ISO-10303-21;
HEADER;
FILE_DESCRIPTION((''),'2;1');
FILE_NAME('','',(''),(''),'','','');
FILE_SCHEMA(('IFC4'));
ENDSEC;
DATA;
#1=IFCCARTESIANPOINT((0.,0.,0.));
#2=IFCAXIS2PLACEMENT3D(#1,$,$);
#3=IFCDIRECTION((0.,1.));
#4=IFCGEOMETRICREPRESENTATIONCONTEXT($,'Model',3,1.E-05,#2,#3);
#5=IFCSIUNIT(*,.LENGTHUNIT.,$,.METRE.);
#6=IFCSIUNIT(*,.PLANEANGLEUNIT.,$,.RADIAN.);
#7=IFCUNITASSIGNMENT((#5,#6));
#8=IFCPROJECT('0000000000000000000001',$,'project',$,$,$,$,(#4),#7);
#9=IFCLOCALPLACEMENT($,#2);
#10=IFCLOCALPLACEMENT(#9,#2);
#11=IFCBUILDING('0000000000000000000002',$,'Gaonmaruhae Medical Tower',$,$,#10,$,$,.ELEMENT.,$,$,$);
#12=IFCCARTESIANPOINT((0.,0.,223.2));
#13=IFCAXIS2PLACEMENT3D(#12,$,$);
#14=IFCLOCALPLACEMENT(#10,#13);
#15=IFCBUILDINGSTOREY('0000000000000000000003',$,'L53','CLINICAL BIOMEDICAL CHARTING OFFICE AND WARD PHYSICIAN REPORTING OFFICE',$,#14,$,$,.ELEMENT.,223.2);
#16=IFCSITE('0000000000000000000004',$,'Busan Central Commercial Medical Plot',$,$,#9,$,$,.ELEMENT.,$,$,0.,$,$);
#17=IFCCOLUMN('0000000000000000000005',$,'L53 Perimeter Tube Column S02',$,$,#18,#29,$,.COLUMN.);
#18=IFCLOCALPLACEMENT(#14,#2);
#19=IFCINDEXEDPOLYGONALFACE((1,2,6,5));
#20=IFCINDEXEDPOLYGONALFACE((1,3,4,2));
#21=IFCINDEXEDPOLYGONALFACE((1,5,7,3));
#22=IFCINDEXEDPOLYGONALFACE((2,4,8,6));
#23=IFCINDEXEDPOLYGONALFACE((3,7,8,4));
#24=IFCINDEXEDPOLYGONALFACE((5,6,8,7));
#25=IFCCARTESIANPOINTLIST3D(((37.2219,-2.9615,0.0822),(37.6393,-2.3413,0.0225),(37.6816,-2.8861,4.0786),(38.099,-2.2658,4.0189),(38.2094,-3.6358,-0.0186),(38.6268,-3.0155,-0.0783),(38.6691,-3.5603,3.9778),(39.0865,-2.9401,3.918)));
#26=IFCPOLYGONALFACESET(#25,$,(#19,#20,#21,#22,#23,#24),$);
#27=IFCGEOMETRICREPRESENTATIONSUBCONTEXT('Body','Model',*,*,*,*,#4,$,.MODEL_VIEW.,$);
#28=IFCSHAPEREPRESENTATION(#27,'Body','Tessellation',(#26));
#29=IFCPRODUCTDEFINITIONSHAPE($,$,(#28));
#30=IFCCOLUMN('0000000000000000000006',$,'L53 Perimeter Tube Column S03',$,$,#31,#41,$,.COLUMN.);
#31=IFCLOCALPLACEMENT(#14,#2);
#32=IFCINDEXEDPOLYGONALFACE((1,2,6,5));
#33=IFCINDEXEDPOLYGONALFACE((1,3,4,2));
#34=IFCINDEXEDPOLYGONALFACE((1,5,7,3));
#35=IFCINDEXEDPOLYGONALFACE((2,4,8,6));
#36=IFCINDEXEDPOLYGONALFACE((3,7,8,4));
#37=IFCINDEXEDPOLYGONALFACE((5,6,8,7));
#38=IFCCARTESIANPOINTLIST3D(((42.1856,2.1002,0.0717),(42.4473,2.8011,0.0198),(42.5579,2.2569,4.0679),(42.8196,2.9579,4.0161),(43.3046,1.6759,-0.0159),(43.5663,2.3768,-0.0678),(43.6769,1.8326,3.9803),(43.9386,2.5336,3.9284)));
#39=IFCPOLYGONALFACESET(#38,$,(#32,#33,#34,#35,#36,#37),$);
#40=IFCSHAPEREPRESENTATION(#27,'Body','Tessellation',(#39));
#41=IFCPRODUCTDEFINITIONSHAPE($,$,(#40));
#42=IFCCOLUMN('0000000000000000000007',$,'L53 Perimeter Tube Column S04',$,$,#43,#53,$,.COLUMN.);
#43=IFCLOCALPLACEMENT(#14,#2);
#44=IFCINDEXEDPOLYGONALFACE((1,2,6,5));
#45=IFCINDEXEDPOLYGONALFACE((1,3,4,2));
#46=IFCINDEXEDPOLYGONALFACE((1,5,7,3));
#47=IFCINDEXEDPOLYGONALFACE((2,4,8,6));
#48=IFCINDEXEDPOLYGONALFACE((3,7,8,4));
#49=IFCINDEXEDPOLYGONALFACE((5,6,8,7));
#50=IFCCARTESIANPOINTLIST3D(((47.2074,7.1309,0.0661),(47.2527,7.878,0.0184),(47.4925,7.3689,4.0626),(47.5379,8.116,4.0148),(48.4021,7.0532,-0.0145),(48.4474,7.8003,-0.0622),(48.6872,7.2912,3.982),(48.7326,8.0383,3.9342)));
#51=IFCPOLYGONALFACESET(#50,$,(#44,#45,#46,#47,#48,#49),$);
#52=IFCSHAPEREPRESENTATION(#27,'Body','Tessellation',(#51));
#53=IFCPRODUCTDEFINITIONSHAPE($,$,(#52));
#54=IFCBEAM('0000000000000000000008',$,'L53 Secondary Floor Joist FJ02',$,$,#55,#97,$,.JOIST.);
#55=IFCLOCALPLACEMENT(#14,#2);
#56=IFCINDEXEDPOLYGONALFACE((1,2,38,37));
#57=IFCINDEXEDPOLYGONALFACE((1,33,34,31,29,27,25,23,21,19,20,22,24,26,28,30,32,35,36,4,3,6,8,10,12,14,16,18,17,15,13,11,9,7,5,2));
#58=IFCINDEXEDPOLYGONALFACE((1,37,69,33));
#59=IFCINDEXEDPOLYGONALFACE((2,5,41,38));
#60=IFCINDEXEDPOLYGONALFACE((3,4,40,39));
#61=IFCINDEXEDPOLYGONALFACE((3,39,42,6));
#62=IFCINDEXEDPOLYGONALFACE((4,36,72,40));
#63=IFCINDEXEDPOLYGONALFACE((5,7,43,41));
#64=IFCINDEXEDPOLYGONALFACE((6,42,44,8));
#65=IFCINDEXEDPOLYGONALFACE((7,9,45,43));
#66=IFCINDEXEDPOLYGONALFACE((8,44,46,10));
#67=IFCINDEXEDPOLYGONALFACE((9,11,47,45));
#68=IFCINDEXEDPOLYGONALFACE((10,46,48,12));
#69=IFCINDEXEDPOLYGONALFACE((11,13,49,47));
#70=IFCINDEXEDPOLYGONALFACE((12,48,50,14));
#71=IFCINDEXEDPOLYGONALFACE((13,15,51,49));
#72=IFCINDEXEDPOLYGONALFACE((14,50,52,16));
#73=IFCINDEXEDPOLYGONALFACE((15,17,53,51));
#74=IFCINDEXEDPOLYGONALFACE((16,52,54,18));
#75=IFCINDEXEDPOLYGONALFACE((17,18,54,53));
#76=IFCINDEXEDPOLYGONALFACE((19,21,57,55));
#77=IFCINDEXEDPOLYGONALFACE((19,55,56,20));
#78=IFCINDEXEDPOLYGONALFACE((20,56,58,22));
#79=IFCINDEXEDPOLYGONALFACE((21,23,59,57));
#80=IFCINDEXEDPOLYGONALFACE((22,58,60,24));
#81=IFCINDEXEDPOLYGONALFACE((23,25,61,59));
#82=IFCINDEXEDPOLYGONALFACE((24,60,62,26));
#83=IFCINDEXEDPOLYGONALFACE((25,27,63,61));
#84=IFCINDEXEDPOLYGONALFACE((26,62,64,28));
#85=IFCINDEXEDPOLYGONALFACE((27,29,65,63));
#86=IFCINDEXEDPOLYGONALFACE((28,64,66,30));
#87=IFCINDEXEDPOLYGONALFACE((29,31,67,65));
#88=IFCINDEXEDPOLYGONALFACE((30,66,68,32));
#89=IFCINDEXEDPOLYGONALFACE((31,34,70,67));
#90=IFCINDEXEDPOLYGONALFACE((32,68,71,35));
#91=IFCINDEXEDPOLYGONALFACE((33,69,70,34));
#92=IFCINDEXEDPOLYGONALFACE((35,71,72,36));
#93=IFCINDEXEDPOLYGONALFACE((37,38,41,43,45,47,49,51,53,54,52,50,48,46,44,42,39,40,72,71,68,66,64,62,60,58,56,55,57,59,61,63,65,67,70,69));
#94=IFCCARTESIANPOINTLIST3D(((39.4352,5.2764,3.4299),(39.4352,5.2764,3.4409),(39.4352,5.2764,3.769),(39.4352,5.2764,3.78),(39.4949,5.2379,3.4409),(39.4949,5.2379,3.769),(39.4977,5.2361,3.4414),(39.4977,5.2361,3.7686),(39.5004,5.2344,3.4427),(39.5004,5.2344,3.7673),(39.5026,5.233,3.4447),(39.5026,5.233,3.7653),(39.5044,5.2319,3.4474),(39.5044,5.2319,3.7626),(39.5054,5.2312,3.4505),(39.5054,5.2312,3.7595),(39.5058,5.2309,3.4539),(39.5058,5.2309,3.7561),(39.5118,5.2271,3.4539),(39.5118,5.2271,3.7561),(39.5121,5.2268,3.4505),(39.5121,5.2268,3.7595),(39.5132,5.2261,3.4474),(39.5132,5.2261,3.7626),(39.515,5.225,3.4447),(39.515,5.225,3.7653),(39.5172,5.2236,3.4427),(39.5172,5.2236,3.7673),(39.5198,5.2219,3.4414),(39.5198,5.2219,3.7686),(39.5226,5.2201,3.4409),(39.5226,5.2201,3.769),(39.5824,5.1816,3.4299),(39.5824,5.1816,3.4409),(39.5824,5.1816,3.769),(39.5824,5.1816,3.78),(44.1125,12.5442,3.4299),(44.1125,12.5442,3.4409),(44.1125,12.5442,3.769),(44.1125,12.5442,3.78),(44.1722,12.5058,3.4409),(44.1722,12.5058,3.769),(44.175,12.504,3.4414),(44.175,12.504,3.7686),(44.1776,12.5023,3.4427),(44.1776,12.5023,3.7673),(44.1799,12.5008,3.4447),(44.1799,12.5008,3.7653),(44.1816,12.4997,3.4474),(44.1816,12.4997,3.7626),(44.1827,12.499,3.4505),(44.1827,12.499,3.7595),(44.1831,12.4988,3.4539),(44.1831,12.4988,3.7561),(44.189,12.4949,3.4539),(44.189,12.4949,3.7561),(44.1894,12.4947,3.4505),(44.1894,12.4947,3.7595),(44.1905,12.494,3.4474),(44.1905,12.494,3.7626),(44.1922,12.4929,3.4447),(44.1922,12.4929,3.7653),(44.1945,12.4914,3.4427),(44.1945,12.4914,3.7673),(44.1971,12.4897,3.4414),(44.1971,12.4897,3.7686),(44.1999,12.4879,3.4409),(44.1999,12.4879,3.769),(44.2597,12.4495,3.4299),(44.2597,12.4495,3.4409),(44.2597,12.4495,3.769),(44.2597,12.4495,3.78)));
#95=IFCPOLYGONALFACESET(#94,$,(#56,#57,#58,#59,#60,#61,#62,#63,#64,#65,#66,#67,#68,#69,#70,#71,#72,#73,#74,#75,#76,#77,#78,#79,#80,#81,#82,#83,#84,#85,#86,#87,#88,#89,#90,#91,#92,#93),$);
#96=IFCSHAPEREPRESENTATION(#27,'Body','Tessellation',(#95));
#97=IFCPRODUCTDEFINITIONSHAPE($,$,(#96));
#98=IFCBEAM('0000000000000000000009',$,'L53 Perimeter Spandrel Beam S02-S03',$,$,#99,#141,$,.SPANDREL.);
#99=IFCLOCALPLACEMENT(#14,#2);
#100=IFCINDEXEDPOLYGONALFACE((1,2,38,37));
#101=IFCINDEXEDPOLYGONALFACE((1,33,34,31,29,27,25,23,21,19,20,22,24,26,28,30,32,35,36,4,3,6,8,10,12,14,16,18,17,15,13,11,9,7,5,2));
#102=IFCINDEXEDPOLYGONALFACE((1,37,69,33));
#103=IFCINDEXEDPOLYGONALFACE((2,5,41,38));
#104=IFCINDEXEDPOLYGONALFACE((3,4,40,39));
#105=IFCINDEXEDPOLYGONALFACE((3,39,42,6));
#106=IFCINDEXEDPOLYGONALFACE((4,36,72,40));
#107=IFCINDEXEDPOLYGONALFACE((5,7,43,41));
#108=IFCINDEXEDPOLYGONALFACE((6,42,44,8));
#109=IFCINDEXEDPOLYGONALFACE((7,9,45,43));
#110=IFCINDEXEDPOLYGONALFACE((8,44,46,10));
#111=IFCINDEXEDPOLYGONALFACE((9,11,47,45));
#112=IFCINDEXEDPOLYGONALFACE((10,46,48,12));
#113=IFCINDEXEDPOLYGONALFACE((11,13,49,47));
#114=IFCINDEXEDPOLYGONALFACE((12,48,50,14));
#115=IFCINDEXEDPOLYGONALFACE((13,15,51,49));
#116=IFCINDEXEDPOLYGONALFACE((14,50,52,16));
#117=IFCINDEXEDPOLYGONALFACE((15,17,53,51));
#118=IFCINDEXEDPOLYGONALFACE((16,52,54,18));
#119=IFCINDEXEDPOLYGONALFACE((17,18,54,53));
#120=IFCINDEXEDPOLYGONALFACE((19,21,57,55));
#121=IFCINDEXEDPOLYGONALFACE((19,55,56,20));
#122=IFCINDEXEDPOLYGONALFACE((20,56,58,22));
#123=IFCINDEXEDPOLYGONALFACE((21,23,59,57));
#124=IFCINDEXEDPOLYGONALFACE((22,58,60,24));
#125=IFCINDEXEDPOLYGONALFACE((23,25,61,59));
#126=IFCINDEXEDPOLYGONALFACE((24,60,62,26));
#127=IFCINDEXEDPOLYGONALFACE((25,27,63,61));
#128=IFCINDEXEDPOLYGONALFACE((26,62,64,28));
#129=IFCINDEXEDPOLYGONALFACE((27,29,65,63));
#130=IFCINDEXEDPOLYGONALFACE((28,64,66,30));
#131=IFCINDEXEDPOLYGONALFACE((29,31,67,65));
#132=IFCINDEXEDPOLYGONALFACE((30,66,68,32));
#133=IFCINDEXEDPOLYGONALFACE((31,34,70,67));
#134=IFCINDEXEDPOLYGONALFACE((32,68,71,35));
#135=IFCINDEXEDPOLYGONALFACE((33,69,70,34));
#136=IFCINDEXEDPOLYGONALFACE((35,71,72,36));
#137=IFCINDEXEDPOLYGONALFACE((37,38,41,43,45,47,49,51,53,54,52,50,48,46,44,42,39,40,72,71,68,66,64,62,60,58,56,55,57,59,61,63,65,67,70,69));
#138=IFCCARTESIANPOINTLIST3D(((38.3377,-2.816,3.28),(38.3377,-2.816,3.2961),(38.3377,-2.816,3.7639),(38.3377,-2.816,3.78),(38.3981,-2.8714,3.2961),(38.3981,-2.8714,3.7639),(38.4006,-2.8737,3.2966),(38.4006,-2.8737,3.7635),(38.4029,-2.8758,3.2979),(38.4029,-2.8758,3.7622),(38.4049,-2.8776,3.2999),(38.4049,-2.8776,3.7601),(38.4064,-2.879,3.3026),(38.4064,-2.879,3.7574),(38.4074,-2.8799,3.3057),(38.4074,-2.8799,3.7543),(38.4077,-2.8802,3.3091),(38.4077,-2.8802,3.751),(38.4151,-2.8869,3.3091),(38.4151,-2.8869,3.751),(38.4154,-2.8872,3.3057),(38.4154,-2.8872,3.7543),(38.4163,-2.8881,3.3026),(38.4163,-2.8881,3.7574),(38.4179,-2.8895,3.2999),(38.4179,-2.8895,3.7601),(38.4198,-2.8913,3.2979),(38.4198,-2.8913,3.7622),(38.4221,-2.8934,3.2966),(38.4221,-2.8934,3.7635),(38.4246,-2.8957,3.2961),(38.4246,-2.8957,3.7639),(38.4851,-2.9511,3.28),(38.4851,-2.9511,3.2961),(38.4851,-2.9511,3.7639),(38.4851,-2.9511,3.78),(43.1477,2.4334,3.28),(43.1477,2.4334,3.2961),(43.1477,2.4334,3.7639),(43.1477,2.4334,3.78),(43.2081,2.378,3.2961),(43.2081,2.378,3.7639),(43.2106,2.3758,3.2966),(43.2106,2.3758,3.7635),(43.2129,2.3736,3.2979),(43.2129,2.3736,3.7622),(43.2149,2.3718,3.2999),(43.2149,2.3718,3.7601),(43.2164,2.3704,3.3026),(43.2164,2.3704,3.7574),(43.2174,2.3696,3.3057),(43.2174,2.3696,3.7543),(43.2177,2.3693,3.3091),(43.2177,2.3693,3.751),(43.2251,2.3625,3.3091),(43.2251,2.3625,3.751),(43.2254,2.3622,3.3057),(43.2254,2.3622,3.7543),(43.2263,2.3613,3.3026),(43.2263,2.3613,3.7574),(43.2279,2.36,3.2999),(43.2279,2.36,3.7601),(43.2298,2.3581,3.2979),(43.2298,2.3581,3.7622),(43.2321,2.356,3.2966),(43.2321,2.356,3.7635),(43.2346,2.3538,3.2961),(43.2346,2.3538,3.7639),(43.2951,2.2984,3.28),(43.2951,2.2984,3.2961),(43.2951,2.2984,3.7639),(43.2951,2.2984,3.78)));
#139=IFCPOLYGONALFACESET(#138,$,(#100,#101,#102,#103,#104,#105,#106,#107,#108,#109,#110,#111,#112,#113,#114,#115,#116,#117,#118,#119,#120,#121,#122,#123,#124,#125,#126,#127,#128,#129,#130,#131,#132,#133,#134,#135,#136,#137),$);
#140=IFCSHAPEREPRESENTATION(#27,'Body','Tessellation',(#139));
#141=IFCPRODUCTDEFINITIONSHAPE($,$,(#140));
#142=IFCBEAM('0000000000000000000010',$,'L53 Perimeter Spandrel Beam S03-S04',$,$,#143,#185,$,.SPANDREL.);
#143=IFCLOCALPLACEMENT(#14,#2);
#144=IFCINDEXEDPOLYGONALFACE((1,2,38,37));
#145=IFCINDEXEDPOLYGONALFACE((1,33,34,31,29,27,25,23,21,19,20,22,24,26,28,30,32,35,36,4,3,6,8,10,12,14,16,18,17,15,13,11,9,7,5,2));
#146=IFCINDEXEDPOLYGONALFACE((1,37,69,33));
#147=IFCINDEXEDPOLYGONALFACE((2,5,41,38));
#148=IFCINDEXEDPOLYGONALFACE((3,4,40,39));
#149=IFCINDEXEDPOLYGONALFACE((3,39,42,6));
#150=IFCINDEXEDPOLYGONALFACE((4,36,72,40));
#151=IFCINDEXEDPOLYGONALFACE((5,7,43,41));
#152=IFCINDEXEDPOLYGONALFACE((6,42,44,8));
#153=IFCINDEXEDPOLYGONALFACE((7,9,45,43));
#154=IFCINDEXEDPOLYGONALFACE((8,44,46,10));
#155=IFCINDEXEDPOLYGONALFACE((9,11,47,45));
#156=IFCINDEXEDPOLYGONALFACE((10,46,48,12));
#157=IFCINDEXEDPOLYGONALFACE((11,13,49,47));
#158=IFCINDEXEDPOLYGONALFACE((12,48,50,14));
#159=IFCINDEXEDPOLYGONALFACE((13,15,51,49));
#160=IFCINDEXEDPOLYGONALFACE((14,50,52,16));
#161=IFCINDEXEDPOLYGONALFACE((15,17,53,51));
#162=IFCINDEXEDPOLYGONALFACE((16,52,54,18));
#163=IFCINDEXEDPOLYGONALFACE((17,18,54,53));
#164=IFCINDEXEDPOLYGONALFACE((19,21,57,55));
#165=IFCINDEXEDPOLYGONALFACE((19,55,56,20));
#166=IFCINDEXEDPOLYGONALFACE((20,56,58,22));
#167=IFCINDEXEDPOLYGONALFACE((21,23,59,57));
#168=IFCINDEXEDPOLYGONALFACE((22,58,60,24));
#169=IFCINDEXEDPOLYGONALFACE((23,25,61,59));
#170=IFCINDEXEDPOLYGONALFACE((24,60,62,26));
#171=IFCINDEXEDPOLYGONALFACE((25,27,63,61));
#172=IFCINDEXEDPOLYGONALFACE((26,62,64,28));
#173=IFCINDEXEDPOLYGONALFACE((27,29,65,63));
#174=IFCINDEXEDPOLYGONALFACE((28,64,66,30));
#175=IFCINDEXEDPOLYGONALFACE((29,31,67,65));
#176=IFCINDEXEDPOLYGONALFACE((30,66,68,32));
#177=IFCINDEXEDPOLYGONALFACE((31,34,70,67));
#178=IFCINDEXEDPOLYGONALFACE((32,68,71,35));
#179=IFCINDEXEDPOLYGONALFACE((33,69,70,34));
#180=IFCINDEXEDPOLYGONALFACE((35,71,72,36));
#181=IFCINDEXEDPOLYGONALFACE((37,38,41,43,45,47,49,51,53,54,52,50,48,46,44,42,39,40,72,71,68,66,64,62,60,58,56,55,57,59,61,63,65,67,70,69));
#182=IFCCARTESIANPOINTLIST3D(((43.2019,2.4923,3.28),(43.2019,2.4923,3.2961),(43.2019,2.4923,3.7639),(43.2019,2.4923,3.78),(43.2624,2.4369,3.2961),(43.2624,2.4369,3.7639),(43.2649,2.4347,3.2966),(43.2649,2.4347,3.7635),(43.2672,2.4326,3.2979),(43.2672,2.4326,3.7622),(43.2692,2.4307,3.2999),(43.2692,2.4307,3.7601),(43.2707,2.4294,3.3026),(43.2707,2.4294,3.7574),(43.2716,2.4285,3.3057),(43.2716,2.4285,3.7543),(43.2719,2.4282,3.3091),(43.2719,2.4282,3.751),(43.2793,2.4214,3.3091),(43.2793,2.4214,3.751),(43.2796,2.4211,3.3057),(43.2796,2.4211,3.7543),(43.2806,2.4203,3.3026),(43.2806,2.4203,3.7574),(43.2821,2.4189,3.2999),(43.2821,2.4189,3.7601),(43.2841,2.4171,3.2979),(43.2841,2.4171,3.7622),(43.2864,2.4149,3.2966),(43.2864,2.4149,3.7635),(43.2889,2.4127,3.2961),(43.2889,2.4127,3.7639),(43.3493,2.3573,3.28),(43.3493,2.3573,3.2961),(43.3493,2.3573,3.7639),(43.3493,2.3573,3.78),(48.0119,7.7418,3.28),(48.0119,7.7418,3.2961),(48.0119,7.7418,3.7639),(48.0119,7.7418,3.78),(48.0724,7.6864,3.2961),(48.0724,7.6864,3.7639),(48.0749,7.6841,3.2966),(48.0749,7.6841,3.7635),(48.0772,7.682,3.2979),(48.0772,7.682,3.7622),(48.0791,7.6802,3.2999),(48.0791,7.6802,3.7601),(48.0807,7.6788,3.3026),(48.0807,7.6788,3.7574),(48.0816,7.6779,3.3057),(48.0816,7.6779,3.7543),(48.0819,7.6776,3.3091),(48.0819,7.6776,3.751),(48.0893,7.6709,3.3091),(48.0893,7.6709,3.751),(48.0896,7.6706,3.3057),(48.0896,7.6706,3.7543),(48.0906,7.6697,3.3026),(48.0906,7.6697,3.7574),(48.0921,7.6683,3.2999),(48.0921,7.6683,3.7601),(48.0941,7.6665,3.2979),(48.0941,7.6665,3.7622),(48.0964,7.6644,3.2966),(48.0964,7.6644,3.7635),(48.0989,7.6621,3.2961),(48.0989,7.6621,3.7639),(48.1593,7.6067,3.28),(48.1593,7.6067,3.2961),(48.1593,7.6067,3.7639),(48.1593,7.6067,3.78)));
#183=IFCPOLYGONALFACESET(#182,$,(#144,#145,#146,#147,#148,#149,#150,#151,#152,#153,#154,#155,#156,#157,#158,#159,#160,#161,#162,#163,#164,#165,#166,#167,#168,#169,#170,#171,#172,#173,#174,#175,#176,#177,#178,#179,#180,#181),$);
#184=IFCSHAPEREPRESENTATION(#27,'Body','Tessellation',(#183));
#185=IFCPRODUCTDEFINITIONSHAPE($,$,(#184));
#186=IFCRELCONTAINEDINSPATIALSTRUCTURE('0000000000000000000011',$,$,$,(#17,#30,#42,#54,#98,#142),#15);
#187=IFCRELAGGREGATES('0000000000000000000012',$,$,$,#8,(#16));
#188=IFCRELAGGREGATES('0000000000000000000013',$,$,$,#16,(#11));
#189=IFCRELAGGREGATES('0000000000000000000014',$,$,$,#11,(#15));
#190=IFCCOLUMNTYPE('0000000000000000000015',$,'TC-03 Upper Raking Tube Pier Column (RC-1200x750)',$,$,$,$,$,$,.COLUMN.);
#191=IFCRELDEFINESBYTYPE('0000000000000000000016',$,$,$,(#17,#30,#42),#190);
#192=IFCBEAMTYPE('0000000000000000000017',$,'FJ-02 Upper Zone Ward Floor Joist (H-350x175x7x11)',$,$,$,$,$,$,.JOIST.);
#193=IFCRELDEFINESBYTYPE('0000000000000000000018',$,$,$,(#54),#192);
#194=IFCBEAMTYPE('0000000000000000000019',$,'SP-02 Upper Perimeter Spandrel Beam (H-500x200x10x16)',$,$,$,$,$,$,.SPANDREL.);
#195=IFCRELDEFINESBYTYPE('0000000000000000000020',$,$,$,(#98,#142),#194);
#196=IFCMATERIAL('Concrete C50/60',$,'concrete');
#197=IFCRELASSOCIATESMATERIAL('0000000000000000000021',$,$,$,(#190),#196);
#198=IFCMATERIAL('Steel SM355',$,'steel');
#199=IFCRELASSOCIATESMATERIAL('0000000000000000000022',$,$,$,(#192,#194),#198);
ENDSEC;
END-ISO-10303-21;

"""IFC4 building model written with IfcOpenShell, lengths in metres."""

from ifc_helpers import new_model, si_unit, direction, frame, origin, origin_2d, place, context, subcontext, project, spatial, rectangle, i_section, extrude, material, material_profile, profile_set, type_object, element, save


model = new_model("IFC4")

# Units and contexts
model_context = context("Model", 3, precision=1e-05, world=origin(), true_north=direction((0.0, 1.0)))
body_context = subcontext(model_context, "Body", "Model", "MODEL_VIEW")
ifc_project = project(units=[si_unit("LENGTHUNIT", "METRE"), si_unit("PLANEANGLEUNIT", "RADIAN")], contexts=[model_context])

# Site, building, storey
site_placement = place(None, origin())
site = spatial("IfcSite", under=ifc_project, at=site_placement, Name="Busan Central Commercial Medical Plot", CompositionType="ELEMENT", RefElevation=0.0)
building_placement = place(site_placement, origin())
building = spatial("IfcBuilding", under=site, at=building_placement, Name="Gaonmaruhae Medical Tower", CompositionType="ELEMENT")
storey_placement = place(building_placement, frame((0.0, 0.0, 223.2)))
storey = spatial("IfcBuildingStorey", under=building, at=storey_placement, Name="L53", Description="CLINICAL BIOMEDICAL CHARTING OFFICE AND WARD PHYSICIAN REPORTING OFFICE", CompositionType="ELEMENT", Elevation=223.2)

# Columns
ifc_material_1 = material(Name="Concrete C50/60", Category="concrete")
ifc_material_profile_1 = material_profile(ifc_material_1, rectangle(XDim=1.2, YDim=0.75, at=origin_2d()), Name="RC-1200x750")
ifc_profile_set_1 = profile_set([ifc_material_profile_1], Name="Concrete C50/60")
column_type = type_object("IfcColumnType", Name="TC-03 Upper Raking Tube Pier Column (RC-1200x750)", PredefinedType="COLUMN", material=ifc_profile_set_1)
column_1_placement = place(storey_placement, frame((37.9243, -2.9885, 0.002), z_axis=(0.114261, 0.01875, 0.993274), x_axis=(-0.82294, 0.561875, 0.08406)))
element("IfcColumn", 1, at=column_1_placement, inside=storey, type_object=column_type, Name="L53 Perimeter Tube Column S02", PredefinedType="COLUMN", context=body_context, shape_type="SweptSolid", body=[
    extrude(rectangle(XDim=1.2, YDim=0.75, at=origin_2d()), origin(), (0.0, 0.0, 1.0), 4.0234),
])
column_2_placement = place(storey_placement, frame((42.876, 2.2385, 0.002), z_axis=(0.092692, 0.039022, 0.99493), x_axis=(-0.932546, 0.353592, 0.073012)))
element("IfcColumn", 2, at=column_2_placement, inside=storey, type_object=column_type, Name="L53 Perimeter Tube Column S03", PredefinedType="COLUMN", context=body_context, shape_type="SweptSolid", body=[
    extrude(rectangle(XDim=1.2, YDim=0.75, at=origin_2d()), origin(), (0.0, 0.0, 1.0), 4.0166),
])
column_3_placement = place(storey_placement, frame((47.8274, 7.4656, 0.002), z_axis=(0.071048, 0.059308, 0.995708), x_axis=(-0.995639, 0.064721, 0.067188)))
element("IfcColumn", 3, at=column_3_placement, inside=storey, type_object=column_type, Name="L53 Perimeter Tube Column S04", PredefinedType="COLUMN", context=body_context, shape_type="SweptSolid", body=[
    extrude(rectangle(XDim=1.2, YDim=0.75, at=origin_2d()), origin(), (0.0, 0.0, 1.0), 4.0137),
])

# Beams
ifc_material_2 = material(Name="Steel SM355", Category="steel")
ifc_material_profile_2 = material_profile(ifc_material_2, i_section(OverallWidth=0.175, OverallDepth=0.3501, WebThickness=0.0071, FlangeThickness=0.011, FilletRadius=0.0129, at=origin_2d()), Name="H-350x175x7x11")
ifc_profile_set_2 = profile_set([ifc_material_profile_2], Name="Steel SM355")
beam_type_1 = type_object("IfcBeamType", Name="FJ-02 Upper Zone Ward Floor Joist (H-350x175x7x11)", PredefinedType="JOIST", material=ifc_profile_set_2)
beam_placement = place(storey_placement, frame((39.5088, 5.229, 3.605), z_axis=(0.541173, 0.840911, 0.0), x_axis=(-0.840911, 0.541173, 0.0)))
element("IfcBeam", 4, at=beam_placement, inside=storey, type_object=beam_type_1, Name="L53 Secondary Floor Joist FJ02", PredefinedType="JOIST", context=body_context, shape_type="SweptSolid", body=[
    extrude(i_section(OverallWidth=0.175, OverallDepth=0.3501, WebThickness=0.0071, FlangeThickness=0.011, FilletRadius=0.0129, at=origin_2d()), origin(), (0.0, 0.0, 1.0), 8.6428),
])
ifc_material_profile_3 = material_profile(ifc_material_2, i_section(OverallWidth=0.2, OverallDepth=0.5, WebThickness=0.01, FlangeThickness=0.0161, FilletRadius=0.0129, at=origin_2d()), Name="H-500x200x10x16")
ifc_profile_set_3 = profile_set([ifc_material_profile_3], Name="Steel SM355")
beam_type_2 = type_object("IfcBeamType", Name="SP-02 Upper Perimeter Spandrel Beam (H-500x200x10x16)", PredefinedType="SPANDREL", material=ifc_profile_set_3)
for number, where, z_axis, x_axis, name in (
    (5, (38.4114, -2.8835, 3.53), (0.675572, 0.737294, 0.0), (-0.737294, 0.675572, 0.0), "L53 Perimeter Spandrel Beam S02-S03"),
    (6, (43.2756, 2.4248, 3.53), (0.675572, 0.737294, 0.0), (-0.737294, 0.675572, 0.0), "L53 Perimeter Spandrel Beam S03-S04"),
):
    element("IfcBeam", number, at=place(storey_placement, frame(where, z_axis=z_axis, x_axis=x_axis)), inside=storey, type_object=beam_type_2, Name=name, PredefinedType="SPANDREL", context=body_context, shape_type="SweptSolid", body=[
        extrude(i_section(OverallWidth=0.2, OverallDepth=0.5, WebThickness=0.01, FlangeThickness=0.0161, FilletRadius=0.0129, at=origin_2d()), origin(), (0.0, 0.0, 1.0), 7.1199),
    ])

save(model, "model.ifc")
